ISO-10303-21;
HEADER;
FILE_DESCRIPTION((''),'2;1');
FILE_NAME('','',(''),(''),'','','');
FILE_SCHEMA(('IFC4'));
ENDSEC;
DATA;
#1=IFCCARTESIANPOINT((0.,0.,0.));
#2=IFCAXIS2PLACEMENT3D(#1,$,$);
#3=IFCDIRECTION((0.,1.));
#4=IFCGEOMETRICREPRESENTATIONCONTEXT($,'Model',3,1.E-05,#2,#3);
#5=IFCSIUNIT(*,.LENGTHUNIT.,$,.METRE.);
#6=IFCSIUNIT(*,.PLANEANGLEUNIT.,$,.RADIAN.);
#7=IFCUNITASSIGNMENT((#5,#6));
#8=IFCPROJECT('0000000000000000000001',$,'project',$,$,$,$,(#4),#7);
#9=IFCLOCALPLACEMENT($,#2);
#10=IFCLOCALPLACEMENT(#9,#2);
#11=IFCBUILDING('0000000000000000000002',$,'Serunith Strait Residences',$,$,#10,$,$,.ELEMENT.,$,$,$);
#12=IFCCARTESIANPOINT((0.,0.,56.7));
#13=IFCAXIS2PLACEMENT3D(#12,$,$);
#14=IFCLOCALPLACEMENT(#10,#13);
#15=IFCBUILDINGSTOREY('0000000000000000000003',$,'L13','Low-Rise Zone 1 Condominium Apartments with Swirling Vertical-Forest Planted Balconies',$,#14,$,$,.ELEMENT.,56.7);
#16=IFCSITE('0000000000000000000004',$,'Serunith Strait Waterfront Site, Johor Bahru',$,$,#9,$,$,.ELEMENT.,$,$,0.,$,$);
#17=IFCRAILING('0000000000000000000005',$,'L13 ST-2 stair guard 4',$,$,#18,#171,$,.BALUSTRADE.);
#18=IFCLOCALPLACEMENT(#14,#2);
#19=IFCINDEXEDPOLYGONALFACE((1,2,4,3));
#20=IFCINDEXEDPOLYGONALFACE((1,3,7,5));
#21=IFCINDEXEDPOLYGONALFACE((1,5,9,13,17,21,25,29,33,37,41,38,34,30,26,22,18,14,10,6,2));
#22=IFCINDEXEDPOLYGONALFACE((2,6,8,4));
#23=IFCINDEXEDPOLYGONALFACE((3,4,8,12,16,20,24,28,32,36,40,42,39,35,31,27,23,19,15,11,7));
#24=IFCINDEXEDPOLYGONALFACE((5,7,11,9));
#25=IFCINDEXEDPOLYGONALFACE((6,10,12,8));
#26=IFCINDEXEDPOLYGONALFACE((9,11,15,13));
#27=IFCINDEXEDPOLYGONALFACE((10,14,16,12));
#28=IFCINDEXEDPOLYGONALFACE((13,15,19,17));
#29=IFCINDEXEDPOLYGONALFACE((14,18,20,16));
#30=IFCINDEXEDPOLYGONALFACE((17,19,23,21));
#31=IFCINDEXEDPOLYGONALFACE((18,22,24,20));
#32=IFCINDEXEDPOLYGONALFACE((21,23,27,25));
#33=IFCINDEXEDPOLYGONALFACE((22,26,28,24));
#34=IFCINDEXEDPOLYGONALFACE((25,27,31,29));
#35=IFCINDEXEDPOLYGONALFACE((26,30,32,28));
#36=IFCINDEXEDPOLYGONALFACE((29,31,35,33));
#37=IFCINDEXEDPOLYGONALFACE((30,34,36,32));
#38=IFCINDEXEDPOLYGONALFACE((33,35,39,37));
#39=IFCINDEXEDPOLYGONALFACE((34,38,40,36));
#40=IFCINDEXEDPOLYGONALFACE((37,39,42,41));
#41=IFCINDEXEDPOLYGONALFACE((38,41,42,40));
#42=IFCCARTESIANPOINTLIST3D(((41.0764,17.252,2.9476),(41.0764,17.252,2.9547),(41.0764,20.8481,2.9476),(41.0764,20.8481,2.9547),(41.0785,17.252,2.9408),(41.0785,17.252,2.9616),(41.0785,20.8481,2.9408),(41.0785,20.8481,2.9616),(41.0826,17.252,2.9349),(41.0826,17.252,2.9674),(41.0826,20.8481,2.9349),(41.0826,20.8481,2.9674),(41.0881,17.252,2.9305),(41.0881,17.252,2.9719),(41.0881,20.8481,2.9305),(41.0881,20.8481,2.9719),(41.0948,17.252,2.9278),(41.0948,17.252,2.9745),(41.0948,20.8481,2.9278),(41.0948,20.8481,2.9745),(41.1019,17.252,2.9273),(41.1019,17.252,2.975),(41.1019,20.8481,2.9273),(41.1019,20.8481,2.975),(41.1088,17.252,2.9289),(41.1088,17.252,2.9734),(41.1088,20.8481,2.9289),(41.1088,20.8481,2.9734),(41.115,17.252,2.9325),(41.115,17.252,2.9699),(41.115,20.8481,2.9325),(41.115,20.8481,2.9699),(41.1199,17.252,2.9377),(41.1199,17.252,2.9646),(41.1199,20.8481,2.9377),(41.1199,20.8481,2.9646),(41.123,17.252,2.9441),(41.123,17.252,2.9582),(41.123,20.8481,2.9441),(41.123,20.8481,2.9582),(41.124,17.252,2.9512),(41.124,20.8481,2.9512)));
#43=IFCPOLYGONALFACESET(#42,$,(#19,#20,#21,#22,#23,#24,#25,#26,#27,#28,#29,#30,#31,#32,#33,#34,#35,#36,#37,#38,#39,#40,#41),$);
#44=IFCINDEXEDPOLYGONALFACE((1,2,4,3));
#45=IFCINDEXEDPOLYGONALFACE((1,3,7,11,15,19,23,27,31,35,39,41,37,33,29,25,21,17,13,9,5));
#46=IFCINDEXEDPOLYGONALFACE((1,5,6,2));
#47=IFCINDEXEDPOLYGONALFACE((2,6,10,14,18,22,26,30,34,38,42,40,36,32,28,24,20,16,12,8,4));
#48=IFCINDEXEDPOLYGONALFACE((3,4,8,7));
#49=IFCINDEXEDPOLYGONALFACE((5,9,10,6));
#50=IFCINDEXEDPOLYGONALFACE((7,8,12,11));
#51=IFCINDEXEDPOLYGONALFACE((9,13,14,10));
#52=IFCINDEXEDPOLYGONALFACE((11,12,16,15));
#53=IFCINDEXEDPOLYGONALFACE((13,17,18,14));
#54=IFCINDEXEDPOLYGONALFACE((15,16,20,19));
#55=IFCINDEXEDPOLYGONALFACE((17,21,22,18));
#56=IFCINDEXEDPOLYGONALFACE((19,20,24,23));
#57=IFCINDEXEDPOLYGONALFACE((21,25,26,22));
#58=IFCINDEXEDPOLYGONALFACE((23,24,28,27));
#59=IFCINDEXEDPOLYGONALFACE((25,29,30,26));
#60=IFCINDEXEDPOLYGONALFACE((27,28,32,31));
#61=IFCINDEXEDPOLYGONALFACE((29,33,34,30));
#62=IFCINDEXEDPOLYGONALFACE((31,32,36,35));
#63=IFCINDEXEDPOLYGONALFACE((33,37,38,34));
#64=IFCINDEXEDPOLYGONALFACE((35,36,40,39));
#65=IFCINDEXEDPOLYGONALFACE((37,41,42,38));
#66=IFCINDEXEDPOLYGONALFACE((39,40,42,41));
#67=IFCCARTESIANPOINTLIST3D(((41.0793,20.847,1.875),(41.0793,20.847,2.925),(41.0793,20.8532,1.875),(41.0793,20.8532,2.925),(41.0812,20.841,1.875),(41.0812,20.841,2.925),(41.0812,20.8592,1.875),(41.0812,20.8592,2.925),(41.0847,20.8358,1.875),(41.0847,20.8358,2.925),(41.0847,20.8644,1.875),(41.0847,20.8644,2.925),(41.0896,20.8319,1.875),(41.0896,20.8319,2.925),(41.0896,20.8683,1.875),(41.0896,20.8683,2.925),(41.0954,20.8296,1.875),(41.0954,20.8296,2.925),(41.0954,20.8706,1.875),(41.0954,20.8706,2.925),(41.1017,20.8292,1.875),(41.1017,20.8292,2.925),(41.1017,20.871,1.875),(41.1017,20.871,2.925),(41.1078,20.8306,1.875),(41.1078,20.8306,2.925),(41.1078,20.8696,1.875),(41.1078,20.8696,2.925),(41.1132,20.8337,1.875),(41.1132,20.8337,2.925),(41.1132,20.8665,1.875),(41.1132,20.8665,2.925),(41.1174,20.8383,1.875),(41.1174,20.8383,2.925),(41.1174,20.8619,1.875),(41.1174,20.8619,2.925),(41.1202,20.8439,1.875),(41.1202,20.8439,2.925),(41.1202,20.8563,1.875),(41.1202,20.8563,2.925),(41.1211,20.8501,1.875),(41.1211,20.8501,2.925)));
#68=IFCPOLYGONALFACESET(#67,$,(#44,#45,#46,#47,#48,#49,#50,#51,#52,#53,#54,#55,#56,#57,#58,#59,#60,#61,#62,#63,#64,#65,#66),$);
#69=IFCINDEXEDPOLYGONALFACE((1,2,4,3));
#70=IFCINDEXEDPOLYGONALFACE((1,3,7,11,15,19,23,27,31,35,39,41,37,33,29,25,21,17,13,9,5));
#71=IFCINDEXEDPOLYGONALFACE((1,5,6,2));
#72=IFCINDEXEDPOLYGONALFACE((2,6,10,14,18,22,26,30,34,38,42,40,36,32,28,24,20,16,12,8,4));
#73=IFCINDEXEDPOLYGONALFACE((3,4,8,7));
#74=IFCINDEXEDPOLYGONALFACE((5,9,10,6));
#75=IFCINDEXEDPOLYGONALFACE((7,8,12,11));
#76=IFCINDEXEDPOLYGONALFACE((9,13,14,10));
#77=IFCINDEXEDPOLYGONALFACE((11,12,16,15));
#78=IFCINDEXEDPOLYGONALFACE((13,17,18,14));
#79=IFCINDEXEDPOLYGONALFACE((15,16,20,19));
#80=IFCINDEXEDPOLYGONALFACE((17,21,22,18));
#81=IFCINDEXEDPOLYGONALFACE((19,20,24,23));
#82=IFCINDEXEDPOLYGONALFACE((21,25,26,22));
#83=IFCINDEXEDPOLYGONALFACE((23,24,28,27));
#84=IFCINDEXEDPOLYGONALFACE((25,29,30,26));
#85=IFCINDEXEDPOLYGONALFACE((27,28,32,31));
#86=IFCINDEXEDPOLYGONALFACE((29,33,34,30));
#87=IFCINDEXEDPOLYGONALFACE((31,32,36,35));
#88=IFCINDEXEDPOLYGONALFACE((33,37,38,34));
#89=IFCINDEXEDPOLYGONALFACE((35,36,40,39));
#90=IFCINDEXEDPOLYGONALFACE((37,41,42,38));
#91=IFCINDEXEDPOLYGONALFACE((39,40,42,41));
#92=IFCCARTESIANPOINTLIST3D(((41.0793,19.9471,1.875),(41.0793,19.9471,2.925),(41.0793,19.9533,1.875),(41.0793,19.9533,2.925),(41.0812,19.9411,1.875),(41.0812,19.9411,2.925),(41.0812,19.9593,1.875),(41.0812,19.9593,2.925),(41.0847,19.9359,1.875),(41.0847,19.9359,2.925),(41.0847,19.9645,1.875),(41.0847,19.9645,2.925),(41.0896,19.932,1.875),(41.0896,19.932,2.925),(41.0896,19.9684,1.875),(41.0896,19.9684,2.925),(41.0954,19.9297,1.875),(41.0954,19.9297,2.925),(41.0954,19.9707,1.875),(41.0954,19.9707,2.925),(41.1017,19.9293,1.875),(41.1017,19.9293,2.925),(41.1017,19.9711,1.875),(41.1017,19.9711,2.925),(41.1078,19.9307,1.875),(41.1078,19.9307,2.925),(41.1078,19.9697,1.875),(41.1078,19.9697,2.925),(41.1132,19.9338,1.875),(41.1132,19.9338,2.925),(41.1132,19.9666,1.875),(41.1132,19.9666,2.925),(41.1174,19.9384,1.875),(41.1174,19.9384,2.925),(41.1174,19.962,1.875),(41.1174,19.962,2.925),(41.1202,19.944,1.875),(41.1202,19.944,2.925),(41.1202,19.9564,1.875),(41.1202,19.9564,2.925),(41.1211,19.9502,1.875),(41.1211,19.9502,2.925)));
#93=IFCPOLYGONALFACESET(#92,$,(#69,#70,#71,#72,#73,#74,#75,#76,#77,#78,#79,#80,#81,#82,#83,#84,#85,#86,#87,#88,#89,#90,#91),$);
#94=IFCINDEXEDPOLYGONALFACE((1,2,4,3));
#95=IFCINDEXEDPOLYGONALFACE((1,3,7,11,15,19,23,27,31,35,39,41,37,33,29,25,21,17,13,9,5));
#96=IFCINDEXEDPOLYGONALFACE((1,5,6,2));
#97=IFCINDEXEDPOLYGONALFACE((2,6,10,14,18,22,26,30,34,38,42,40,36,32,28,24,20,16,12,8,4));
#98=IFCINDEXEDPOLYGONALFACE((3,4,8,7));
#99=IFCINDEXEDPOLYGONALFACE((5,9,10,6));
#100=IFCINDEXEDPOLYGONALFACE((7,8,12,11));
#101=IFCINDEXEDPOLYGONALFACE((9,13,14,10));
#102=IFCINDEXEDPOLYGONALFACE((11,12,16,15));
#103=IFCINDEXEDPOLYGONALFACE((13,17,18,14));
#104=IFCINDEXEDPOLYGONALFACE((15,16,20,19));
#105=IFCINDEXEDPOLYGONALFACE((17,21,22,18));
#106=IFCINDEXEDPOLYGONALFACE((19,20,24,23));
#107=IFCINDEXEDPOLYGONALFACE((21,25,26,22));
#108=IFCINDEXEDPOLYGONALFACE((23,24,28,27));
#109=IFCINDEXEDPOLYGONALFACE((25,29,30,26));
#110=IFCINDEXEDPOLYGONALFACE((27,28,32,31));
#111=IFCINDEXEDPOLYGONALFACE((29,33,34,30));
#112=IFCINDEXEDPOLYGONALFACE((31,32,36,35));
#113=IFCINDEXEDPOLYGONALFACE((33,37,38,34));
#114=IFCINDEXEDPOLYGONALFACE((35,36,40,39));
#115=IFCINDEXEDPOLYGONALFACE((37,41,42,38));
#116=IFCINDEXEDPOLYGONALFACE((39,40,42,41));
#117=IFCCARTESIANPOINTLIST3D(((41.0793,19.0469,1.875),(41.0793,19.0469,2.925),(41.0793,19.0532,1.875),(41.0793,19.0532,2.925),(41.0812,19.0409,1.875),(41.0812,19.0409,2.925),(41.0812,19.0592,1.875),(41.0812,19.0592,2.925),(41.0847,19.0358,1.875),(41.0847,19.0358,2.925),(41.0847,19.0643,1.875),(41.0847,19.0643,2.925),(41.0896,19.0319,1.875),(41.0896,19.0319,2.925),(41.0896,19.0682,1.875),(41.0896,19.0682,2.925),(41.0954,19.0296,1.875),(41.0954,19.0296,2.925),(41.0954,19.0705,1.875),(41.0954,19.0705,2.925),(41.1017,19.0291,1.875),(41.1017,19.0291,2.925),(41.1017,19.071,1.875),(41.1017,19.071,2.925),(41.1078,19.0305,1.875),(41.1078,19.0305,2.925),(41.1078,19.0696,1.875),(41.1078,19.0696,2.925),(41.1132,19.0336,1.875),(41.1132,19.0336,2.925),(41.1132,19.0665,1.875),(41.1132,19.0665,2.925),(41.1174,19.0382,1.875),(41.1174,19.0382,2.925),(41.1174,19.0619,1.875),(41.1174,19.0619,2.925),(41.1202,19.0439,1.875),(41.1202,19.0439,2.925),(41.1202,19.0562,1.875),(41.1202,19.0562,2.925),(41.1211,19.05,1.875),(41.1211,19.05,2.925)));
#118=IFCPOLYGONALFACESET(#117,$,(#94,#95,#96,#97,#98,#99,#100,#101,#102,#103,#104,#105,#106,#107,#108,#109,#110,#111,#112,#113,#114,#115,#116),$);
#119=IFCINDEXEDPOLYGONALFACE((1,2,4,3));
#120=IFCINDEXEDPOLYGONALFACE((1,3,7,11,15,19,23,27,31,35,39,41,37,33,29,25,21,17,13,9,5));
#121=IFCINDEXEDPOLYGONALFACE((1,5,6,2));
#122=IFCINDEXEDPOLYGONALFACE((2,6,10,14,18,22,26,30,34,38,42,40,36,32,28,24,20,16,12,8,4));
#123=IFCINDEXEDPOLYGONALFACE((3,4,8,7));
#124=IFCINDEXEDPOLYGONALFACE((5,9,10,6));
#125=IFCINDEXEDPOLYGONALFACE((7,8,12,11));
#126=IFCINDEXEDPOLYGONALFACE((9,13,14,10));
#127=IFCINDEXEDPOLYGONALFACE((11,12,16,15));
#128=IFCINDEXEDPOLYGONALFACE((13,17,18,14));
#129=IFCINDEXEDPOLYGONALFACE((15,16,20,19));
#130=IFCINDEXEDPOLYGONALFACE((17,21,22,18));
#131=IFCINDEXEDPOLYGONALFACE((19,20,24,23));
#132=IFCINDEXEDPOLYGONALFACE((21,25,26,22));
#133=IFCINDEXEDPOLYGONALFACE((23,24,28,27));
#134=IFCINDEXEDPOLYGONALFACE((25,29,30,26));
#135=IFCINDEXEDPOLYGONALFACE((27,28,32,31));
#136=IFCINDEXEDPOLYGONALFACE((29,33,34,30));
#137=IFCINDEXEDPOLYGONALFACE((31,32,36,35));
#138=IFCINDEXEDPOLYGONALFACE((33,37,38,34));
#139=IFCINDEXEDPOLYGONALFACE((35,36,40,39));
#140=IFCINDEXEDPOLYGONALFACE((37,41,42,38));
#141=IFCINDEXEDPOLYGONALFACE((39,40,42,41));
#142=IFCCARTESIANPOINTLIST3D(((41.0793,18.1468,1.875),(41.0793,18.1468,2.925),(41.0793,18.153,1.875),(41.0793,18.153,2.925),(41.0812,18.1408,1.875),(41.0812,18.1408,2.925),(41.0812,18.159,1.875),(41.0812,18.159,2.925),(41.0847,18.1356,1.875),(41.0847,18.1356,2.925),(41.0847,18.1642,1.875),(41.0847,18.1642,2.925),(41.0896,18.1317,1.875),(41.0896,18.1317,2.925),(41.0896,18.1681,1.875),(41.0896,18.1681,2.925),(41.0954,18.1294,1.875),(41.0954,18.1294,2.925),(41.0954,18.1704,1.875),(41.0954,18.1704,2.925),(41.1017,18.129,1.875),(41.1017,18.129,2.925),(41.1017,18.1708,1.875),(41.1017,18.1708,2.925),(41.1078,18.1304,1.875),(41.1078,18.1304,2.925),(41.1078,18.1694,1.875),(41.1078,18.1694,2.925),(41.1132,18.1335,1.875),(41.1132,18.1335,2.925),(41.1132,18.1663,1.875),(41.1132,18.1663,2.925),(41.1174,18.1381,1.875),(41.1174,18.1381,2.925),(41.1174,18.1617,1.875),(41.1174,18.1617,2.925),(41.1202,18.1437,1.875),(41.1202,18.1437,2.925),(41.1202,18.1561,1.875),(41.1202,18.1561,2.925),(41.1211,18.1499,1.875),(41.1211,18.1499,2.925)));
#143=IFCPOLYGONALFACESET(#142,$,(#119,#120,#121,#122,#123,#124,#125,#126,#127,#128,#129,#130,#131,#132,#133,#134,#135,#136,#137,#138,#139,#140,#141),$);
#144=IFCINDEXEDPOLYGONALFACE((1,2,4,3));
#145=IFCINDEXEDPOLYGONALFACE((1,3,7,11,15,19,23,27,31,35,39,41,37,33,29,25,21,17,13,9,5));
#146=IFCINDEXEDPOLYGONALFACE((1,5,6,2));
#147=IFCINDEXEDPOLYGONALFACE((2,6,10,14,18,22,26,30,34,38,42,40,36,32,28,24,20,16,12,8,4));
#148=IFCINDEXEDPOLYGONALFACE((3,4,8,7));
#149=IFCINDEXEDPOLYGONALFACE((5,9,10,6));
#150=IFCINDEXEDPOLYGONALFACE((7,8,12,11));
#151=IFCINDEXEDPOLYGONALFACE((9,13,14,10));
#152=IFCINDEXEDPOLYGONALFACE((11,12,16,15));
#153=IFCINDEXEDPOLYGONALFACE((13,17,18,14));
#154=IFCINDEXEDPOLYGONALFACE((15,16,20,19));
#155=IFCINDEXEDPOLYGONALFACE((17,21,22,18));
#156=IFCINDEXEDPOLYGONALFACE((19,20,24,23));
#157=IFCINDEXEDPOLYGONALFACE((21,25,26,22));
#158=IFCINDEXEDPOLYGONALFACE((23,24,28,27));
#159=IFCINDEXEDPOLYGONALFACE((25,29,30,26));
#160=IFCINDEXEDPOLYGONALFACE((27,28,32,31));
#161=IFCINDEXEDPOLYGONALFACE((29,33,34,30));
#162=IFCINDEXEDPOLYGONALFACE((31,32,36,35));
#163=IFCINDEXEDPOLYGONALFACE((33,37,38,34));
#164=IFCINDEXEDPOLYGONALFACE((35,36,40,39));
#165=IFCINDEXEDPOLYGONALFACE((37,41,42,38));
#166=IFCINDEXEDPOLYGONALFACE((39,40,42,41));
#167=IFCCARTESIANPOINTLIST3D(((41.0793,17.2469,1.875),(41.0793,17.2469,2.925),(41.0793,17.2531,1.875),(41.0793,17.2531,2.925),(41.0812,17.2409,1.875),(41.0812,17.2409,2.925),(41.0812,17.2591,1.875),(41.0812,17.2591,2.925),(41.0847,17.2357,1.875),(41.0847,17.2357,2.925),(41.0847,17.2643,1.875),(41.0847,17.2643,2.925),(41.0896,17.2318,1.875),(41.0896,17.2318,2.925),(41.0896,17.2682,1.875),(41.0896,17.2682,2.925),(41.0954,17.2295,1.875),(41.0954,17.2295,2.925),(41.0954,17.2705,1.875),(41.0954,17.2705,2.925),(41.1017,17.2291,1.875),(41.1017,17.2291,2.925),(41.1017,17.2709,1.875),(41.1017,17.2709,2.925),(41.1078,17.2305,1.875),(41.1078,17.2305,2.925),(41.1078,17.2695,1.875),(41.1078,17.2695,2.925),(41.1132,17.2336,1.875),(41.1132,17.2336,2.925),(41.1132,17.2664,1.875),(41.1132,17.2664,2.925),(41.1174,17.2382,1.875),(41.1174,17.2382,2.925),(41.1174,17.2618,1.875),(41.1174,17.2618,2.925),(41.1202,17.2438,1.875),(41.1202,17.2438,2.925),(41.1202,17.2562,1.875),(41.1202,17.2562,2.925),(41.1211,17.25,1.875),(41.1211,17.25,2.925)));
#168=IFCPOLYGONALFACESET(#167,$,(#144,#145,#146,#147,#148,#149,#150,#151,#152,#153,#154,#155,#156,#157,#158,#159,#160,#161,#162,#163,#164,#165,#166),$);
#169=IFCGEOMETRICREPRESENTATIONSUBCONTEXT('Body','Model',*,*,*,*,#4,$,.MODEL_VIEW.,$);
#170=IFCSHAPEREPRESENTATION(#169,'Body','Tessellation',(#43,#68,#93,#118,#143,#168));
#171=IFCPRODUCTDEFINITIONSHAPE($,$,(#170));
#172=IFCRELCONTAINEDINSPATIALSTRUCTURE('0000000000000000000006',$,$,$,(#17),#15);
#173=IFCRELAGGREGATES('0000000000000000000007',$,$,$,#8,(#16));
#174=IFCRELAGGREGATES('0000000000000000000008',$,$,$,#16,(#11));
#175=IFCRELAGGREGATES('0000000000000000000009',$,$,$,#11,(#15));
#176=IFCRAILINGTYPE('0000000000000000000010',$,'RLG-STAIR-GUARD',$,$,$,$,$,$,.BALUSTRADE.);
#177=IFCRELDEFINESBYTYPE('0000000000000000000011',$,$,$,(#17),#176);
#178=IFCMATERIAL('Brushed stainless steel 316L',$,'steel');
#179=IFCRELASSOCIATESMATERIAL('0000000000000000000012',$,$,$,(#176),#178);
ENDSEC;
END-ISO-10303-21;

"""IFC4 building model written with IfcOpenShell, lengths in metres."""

from ifc_helpers import new_model, si_unit, direction, frame, origin, origin_2d, place, context, subcontext, project, spatial, circle, extrude, material, type_object, element, save


model = new_model("IFC4")

# Units and contexts
model_context = context("Model", 3, precision=1e-05, world=origin(), true_north=direction((0.0, 1.0)))
body_context = subcontext(model_context, "Body", "Model", "MODEL_VIEW")
ifc_project = project(units=[si_unit("LENGTHUNIT", "METRE"), si_unit("PLANEANGLEUNIT", "RADIAN")], contexts=[model_context])

# Site, building, storey
site_placement = place(None, origin())
site = spatial("IfcSite", under=ifc_project, at=site_placement, Name="Serunith Strait Waterfront Site, Johor Bahru", CompositionType="ELEMENT", RefElevation=0.0)
building_placement = place(site_placement, origin())
building = spatial("IfcBuilding", under=site, at=building_placement, Name="Serunith Strait Residences", CompositionType="ELEMENT")
storey_placement = place(building_placement, frame((0.0, 0.0, 56.7)))
storey = spatial("IfcBuildingStorey", under=building, at=storey_placement, Name="L13", Description="Low-Rise Zone 1 Condominium Apartments with Swirling Vertical-Forest Planted Balconies", CompositionType="ELEMENT", Elevation=56.7)

# Railing
ifc_material_1 = material(Name="Brushed stainless steel 316L", Category="steel")
railing_type_1 = type_object("IfcRailingType", Name="RLG-STAIR-GUARD", PredefinedType="BALUSTRADE", material=ifc_material_1)
for number, where, name in (
    (1, (41.1001, 20.8501, 1.875), "L13 ST-2 stair guard 4"),
):
    element("IfcRailing", number, at=place(storey_placement, frame(where)), inside=storey, type_object=railing_type_1, Name=name, PredefinedType="BALUSTRADE", context=body_context, shape_type="SweptSolid", body=[
        extrude(circle(Radius=0.0239, at=origin_2d()), frame((0.0, -0.002, 1.0762), z_axis=(0.0, -1.0, 0.0), x_axis=(1.0, 0.0, 0.0)), (0.0, 0.0, 1.0), 3.5962),
        extrude(circle(Radius=0.021, at=origin_2d()), origin(), (0.0, 0.0, 1.0), 1.05),
        extrude(circle(Radius=0.021, at=origin_2d()), frame((0.0, -0.8999, 0.0)), (0.0, 0.0, 1.0), 1.05),
        extrude(circle(Radius=0.021, at=origin_2d()), frame((0.0, -1.8, 0.0)), (0.0, 0.0, 1.0), 1.05),
        extrude(circle(Radius=0.021, at=origin_2d()), frame((0.0, -2.7002, 0.0)), (0.0, 0.0, 1.0), 1.05),
        extrude(circle(Radius=0.021, at=origin_2d()), frame((0.0, -3.6001, 0.0)), (0.0, 0.0, 1.0), 1.05),
    ])

save(model, "model.ifc")
